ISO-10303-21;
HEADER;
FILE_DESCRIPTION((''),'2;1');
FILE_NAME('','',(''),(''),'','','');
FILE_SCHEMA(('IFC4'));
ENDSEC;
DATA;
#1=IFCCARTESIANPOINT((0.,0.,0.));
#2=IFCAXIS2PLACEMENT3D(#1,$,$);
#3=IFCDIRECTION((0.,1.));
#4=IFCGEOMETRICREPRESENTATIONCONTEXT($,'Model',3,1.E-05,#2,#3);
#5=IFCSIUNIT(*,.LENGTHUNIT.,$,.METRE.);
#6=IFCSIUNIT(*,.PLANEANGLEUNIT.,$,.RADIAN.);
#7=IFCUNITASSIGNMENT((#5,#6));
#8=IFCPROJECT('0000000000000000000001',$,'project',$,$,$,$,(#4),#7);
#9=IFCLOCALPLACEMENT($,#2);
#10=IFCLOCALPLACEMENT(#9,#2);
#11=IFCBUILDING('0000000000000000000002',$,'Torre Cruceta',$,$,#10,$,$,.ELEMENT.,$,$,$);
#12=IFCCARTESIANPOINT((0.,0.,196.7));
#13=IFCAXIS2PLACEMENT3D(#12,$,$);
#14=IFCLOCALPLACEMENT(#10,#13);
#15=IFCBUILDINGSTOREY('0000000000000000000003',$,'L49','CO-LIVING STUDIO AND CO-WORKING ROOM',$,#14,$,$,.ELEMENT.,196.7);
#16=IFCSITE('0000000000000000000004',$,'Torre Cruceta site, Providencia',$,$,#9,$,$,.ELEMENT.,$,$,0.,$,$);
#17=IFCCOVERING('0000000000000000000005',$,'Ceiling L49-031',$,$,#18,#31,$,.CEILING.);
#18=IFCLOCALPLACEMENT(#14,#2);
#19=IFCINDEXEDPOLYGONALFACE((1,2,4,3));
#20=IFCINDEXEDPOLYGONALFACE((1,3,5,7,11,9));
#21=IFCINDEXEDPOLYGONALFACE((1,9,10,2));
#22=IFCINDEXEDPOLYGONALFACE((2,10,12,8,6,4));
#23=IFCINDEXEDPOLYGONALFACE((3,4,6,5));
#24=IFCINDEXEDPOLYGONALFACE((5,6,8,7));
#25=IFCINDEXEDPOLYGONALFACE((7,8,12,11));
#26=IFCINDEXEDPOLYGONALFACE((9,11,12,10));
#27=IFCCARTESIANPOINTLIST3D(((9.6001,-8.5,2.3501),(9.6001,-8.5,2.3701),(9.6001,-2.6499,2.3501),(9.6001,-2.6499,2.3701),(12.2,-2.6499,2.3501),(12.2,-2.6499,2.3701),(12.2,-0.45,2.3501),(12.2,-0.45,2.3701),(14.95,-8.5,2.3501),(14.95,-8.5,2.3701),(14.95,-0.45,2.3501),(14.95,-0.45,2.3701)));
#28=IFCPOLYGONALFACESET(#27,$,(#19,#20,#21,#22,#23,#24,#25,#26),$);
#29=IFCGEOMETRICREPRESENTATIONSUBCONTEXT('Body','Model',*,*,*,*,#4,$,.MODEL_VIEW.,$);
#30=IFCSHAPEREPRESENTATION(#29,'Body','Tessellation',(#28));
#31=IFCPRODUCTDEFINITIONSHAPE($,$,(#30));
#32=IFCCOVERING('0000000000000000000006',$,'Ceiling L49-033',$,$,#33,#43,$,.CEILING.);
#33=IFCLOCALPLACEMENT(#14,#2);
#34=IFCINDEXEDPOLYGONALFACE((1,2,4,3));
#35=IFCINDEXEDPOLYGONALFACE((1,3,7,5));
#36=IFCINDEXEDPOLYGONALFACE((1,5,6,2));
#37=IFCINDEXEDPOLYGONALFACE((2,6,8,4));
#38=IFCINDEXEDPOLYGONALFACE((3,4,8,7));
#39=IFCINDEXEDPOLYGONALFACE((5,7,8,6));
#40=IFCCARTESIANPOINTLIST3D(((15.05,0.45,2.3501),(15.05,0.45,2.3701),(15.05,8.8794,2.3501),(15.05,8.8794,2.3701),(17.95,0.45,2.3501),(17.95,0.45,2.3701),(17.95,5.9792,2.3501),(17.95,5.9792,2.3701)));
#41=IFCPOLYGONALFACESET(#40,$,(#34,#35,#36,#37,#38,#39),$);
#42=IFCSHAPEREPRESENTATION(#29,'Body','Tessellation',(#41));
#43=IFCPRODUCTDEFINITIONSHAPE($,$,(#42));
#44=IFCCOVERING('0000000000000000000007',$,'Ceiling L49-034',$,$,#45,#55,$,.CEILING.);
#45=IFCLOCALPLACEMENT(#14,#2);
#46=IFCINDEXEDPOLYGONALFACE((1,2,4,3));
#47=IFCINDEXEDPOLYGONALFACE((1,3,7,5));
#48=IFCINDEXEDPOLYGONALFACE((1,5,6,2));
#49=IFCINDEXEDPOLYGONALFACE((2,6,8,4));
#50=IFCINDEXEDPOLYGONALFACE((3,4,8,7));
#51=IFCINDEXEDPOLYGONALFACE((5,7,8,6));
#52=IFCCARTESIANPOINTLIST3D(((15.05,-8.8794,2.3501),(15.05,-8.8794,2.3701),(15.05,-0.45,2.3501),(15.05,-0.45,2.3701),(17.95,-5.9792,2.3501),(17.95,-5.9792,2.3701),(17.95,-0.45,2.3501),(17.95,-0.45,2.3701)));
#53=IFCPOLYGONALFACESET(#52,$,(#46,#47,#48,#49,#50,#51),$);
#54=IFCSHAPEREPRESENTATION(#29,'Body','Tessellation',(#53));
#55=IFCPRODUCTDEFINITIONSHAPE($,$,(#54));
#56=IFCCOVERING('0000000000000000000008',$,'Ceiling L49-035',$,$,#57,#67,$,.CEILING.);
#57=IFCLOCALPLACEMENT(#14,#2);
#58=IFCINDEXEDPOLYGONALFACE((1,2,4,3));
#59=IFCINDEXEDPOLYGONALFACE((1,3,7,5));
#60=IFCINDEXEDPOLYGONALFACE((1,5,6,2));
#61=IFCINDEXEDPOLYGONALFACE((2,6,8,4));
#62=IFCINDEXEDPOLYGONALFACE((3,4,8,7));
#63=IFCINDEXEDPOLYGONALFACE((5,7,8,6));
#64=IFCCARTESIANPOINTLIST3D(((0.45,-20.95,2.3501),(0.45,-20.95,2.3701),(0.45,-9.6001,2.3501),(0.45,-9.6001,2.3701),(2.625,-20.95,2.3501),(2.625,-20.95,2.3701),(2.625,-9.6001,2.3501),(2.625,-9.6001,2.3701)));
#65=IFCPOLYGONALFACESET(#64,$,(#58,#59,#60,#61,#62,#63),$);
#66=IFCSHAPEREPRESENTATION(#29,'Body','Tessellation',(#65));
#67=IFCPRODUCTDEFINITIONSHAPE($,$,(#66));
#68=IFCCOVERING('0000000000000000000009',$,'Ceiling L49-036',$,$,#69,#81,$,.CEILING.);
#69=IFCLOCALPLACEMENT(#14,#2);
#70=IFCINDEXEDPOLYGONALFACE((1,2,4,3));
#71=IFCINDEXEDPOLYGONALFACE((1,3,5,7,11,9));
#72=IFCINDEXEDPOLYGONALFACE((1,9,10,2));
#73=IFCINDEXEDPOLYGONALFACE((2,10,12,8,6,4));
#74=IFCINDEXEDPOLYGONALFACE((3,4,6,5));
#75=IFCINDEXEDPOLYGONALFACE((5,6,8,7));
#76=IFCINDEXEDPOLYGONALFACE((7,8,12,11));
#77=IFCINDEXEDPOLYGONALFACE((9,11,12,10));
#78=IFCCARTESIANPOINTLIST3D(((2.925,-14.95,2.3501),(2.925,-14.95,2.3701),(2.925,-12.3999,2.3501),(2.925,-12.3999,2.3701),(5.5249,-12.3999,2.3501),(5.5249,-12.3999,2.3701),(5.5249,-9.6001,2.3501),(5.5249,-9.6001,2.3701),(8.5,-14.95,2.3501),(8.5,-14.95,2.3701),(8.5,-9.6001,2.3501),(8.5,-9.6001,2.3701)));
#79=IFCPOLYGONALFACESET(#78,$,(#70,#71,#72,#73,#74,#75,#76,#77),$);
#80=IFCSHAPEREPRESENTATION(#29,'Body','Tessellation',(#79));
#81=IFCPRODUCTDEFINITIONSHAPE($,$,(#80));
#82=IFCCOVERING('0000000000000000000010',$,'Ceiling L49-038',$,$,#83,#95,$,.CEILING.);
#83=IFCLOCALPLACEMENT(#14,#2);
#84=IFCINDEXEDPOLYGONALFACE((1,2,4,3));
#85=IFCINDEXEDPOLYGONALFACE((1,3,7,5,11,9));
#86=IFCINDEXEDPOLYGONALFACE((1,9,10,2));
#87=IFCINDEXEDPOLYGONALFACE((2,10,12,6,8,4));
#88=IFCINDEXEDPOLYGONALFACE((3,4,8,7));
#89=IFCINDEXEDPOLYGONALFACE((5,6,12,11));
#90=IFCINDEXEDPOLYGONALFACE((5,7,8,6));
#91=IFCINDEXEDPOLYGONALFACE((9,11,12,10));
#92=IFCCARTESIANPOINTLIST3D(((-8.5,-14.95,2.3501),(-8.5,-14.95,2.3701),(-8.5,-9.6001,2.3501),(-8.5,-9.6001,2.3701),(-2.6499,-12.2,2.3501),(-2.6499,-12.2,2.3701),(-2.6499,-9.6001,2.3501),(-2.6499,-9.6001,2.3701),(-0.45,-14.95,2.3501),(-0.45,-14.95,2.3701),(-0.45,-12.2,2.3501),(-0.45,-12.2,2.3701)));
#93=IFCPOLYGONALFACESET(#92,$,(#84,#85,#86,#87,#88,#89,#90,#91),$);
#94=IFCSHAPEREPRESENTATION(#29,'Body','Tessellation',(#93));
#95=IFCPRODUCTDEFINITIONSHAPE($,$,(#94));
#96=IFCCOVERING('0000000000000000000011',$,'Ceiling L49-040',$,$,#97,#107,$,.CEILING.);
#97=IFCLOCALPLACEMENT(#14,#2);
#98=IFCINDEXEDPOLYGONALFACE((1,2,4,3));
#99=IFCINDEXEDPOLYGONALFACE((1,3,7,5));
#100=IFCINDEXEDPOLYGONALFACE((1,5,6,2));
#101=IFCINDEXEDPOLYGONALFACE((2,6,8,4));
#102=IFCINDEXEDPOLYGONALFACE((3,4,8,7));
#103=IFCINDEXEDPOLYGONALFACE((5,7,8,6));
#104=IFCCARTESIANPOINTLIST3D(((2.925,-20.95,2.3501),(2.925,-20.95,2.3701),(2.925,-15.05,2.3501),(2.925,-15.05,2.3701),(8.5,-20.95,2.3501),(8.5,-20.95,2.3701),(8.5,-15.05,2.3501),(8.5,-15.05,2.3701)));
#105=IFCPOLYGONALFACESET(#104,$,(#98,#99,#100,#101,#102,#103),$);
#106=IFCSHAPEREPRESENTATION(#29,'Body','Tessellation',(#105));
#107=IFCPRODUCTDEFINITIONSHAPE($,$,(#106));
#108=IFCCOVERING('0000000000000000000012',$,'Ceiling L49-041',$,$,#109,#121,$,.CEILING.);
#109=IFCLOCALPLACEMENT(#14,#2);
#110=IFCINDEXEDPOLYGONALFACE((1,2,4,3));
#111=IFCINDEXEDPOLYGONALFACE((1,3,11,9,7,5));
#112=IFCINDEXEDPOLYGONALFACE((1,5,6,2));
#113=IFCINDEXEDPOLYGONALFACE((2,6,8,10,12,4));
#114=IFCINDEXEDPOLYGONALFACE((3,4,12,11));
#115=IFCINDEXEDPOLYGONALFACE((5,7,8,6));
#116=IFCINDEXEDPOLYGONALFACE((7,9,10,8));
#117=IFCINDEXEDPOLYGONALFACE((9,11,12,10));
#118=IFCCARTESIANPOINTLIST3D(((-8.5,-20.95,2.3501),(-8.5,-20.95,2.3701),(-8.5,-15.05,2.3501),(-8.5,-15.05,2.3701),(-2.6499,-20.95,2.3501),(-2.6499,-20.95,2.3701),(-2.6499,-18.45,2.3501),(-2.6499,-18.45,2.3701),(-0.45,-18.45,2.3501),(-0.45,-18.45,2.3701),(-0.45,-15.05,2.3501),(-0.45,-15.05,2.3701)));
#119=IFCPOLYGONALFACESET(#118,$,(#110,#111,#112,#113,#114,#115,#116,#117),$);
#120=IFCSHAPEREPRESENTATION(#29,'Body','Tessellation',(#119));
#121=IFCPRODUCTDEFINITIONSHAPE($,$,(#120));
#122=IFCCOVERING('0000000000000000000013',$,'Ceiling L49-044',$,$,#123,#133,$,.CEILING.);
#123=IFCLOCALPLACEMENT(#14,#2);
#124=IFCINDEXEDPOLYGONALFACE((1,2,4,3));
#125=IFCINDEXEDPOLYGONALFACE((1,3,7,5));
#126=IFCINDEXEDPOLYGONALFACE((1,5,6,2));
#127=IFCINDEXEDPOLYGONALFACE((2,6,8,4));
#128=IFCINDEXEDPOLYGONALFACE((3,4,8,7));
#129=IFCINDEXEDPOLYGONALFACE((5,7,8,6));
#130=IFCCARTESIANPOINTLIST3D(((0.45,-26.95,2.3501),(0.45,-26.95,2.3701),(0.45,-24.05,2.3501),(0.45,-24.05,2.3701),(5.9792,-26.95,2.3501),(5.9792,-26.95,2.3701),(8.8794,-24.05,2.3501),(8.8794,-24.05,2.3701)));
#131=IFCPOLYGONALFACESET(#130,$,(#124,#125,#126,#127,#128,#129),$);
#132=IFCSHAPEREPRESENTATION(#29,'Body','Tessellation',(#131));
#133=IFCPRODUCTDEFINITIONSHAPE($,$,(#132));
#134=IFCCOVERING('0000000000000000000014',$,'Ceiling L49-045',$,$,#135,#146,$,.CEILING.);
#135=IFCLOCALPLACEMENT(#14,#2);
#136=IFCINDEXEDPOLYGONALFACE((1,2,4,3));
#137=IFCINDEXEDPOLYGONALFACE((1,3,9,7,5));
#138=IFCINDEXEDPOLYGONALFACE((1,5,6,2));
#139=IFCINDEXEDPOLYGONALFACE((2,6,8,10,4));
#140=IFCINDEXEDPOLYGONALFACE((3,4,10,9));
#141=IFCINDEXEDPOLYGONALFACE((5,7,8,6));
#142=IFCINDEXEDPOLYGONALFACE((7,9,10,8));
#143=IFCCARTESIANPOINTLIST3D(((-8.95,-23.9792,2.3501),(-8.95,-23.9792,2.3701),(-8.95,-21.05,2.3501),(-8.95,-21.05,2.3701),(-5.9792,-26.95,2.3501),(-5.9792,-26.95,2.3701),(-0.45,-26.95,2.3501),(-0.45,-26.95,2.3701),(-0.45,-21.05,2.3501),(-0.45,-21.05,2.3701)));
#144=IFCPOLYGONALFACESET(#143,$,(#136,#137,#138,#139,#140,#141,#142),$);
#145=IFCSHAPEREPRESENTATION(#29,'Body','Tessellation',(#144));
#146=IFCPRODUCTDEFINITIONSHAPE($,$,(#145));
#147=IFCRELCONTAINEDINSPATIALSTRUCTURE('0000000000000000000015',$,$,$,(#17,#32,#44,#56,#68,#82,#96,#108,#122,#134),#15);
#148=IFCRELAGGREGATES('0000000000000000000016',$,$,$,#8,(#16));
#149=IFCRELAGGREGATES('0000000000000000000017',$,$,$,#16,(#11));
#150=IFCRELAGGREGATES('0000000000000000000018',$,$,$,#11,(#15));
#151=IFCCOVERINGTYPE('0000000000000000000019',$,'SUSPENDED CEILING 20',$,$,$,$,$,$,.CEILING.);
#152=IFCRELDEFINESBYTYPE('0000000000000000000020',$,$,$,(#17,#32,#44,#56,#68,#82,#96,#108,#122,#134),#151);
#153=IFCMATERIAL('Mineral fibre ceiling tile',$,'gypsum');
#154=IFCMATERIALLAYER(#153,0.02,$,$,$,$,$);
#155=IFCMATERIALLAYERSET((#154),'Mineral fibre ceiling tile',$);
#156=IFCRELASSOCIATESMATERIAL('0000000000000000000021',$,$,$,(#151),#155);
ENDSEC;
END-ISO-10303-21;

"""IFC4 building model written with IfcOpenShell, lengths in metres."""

from ifc_helpers import new_model, si_unit, direction, frame, origin, place, context, subcontext, project, spatial, polyline, outline, extrude, material, layer, layer_set, type_object, element, save


model = new_model("IFC4")

# Units and contexts
model_context = context("Model", 3, precision=1e-05, world=origin(), true_north=direction((0.0, 1.0)))
body_context = subcontext(model_context, "Body", "Model", "MODEL_VIEW")
ifc_project = project(units=[si_unit("LENGTHUNIT", "METRE"), si_unit("PLANEANGLEUNIT", "RADIAN")], contexts=[model_context])

# Site, building, storey
site_placement = place(None, origin())
site = spatial("IfcSite", under=ifc_project, at=site_placement, Name="Torre Cruceta site, Providencia", CompositionType="ELEMENT", RefElevation=0.0)
building_placement = place(site_placement, origin())
building = spatial("IfcBuilding", under=site, at=building_placement, Name="Torre Cruceta", CompositionType="ELEMENT")
storey_placement = place(building_placement, frame((0.0, 0.0, 196.7)))
storey = spatial("IfcBuildingStorey", under=building, at=storey_placement, Name="L49", Description="CO-LIVING STUDIO AND CO-WORKING ROOM", CompositionType="ELEMENT", Elevation=196.7)

# Coverings
ifc_material_1 = material(Name="Mineral fibre ceiling tile", Category="gypsum")
ifc_layer_1 = layer(ifc_material_1, 0.02)
ifc_layer_set_1 = layer_set([ifc_layer_1], Name="Mineral fibre ceiling tile")
covering_type_1 = type_object("IfcCoveringType", Name="SUSPENDED CEILING 20", PredefinedType="CEILING", material=ifc_layer_set_1)
covering_1_placement = place(storey_placement, frame((0.0, 0.0, 2.3501)))
element("IfcCovering", 1, at=covering_1_placement, inside=storey, type_object=covering_type_1, Name="Ceiling L49-031", PredefinedType="CEILING", context=body_context, shape_type="SweptSolid", body=[
    extrude(outline(polyline([(14.95, -0.45), (14.95, -8.5), (9.6001, -8.5), (9.6001, -2.6499), (12.2, -2.6499), (12.2, -0.45), (14.95, -0.45)])), origin(), (0.0, 0.0, 1.0), 0.02),
])
covering_2_placement = place(storey_placement, frame((0.0, 0.0, 2.3501)))
element("IfcCovering", 2, at=covering_2_placement, inside=storey, type_object=covering_type_1, Name="Ceiling L49-033", PredefinedType="CEILING", context=body_context, shape_type="SweptSolid", body=[
    extrude(outline(polyline([(17.95, 5.9792), (17.95, 0.45), (15.05, 0.45), (15.05, 8.8794), (17.95, 5.9792)])), origin(), (0.0, 0.0, 1.0), 0.02),
])
covering_3_placement = place(storey_placement, frame((0.0, 0.0, 2.3501)))
element("IfcCovering", 3, at=covering_3_placement, inside=storey, type_object=covering_type_1, Name="Ceiling L49-034", PredefinedType="CEILING", context=body_context, shape_type="SweptSolid", body=[
    extrude(outline(polyline([(15.05, -8.8794), (15.05, -0.45), (17.95, -0.45), (17.95, -5.9792), (15.05, -8.8794)])), origin(), (0.0, 0.0, 1.0), 0.02),
])
covering_4_placement = place(storey_placement, frame((0.0, 0.0, 2.3501)))
element("IfcCovering", 4, at=covering_4_placement, inside=storey, type_object=covering_type_1, Name="Ceiling L49-035", PredefinedType="CEILING", context=body_context, shape_type="SweptSolid", body=[
    extrude(outline(polyline([(0.45, -9.6001), (2.625, -9.6001), (2.625, -20.95), (0.45, -20.95), (0.45, -9.6001)])), origin(), (0.0, 0.0, 1.0), 0.02),
])
covering_5_placement = place(storey_placement, frame((0.0, 0.0, 2.3501)))
element("IfcCovering", 5, at=covering_5_placement, inside=storey, type_object=covering_type_1, Name="Ceiling L49-036", PredefinedType="CEILING", context=body_context, shape_type="SweptSolid", body=[
    extrude(outline(polyline([(8.5, -9.6001), (8.5, -14.95), (2.925, -14.95), (2.925, -12.3999), (5.5249, -12.3999), (5.5249, -9.6001), (8.5, -9.6001)])), origin(), (0.0, 0.0, 1.0), 0.02),
])
covering_6_placement = place(storey_placement, frame((0.0, 0.0, 2.3501)))
element("IfcCovering", 6, at=covering_6_placement, inside=storey, type_object=covering_type_1, Name="Ceiling L49-038", PredefinedType="CEILING", context=body_context, shape_type="SweptSolid", body=[
    extrude(outline(polyline([(-0.45, -14.95), (-8.5, -14.95), (-8.5, -9.6001), (-2.6499, -9.6001), (-2.6499, -12.2), (-0.45, -12.2), (-0.45, -14.95)])), origin(), (0.0, 0.0, 1.0), 0.02),
])
covering_7_placement = place(storey_placement, frame((0.0, 0.0, 2.3501)))
element("IfcCovering", 7, at=covering_7_placement, inside=storey, type_object=covering_type_1, Name="Ceiling L49-040", PredefinedType="CEILING", context=body_context, shape_type="SweptSolid", body=[
    extrude(outline(polyline([(2.925, -15.05), (8.5, -15.05), (8.5, -20.95), (2.925, -20.95), (2.925, -15.05)])), origin(), (0.0, 0.0, 1.0), 0.02),
])
covering_8_placement = place(storey_placement, frame((0.0, 0.0, 2.3501)))
element("IfcCovering", 8, at=covering_8_placement, inside=storey, type_object=covering_type_1, Name="Ceiling L49-041", PredefinedType="CEILING", context=body_context, shape_type="SweptSolid", body=[
    extrude(outline(polyline([(-8.5, -20.95), (-8.5, -15.05), (-0.45, -15.05), (-0.45, -18.45), (-2.6499, -18.45), (-2.6499, -20.95), (-8.5, -20.95)])), origin(), (0.0, 0.0, 1.0), 0.02),
])
covering_9_placement = place(storey_placement, frame((0.0, 0.0, 2.3501)))
element("IfcCovering", 9, at=covering_9_placement, inside=storey, type_object=covering_type_1, Name="Ceiling L49-044", PredefinedType="CEILING", context=body_context, shape_type="SweptSolid", body=[
    extrude(outline(polyline([(0.45, -26.95), (0.45, -24.05), (8.8794, -24.05), (5.9792, -26.95), (0.45, -26.95)])), origin(), (0.0, 0.0, 1.0), 0.02),
])
covering_10_placement = place(storey_placement, frame((0.0, 0.0, 2.3501)))
element("IfcCovering", 10, at=covering_10_placement, inside=storey, type_object=covering_type_1, Name="Ceiling L49-045", PredefinedType="CEILING", context=body_context, shape_type="SweptSolid", body=[
    extrude(outline(polyline([(-8.95, -23.9792), (-8.95, -21.05), (-0.45, -21.05), (-0.45, -26.95), (-5.9792, -26.95), (-8.95, -23.9792)])), origin(), (0.0, 0.0, 1.0), 0.02),
])

save(model, "model.ifc")
